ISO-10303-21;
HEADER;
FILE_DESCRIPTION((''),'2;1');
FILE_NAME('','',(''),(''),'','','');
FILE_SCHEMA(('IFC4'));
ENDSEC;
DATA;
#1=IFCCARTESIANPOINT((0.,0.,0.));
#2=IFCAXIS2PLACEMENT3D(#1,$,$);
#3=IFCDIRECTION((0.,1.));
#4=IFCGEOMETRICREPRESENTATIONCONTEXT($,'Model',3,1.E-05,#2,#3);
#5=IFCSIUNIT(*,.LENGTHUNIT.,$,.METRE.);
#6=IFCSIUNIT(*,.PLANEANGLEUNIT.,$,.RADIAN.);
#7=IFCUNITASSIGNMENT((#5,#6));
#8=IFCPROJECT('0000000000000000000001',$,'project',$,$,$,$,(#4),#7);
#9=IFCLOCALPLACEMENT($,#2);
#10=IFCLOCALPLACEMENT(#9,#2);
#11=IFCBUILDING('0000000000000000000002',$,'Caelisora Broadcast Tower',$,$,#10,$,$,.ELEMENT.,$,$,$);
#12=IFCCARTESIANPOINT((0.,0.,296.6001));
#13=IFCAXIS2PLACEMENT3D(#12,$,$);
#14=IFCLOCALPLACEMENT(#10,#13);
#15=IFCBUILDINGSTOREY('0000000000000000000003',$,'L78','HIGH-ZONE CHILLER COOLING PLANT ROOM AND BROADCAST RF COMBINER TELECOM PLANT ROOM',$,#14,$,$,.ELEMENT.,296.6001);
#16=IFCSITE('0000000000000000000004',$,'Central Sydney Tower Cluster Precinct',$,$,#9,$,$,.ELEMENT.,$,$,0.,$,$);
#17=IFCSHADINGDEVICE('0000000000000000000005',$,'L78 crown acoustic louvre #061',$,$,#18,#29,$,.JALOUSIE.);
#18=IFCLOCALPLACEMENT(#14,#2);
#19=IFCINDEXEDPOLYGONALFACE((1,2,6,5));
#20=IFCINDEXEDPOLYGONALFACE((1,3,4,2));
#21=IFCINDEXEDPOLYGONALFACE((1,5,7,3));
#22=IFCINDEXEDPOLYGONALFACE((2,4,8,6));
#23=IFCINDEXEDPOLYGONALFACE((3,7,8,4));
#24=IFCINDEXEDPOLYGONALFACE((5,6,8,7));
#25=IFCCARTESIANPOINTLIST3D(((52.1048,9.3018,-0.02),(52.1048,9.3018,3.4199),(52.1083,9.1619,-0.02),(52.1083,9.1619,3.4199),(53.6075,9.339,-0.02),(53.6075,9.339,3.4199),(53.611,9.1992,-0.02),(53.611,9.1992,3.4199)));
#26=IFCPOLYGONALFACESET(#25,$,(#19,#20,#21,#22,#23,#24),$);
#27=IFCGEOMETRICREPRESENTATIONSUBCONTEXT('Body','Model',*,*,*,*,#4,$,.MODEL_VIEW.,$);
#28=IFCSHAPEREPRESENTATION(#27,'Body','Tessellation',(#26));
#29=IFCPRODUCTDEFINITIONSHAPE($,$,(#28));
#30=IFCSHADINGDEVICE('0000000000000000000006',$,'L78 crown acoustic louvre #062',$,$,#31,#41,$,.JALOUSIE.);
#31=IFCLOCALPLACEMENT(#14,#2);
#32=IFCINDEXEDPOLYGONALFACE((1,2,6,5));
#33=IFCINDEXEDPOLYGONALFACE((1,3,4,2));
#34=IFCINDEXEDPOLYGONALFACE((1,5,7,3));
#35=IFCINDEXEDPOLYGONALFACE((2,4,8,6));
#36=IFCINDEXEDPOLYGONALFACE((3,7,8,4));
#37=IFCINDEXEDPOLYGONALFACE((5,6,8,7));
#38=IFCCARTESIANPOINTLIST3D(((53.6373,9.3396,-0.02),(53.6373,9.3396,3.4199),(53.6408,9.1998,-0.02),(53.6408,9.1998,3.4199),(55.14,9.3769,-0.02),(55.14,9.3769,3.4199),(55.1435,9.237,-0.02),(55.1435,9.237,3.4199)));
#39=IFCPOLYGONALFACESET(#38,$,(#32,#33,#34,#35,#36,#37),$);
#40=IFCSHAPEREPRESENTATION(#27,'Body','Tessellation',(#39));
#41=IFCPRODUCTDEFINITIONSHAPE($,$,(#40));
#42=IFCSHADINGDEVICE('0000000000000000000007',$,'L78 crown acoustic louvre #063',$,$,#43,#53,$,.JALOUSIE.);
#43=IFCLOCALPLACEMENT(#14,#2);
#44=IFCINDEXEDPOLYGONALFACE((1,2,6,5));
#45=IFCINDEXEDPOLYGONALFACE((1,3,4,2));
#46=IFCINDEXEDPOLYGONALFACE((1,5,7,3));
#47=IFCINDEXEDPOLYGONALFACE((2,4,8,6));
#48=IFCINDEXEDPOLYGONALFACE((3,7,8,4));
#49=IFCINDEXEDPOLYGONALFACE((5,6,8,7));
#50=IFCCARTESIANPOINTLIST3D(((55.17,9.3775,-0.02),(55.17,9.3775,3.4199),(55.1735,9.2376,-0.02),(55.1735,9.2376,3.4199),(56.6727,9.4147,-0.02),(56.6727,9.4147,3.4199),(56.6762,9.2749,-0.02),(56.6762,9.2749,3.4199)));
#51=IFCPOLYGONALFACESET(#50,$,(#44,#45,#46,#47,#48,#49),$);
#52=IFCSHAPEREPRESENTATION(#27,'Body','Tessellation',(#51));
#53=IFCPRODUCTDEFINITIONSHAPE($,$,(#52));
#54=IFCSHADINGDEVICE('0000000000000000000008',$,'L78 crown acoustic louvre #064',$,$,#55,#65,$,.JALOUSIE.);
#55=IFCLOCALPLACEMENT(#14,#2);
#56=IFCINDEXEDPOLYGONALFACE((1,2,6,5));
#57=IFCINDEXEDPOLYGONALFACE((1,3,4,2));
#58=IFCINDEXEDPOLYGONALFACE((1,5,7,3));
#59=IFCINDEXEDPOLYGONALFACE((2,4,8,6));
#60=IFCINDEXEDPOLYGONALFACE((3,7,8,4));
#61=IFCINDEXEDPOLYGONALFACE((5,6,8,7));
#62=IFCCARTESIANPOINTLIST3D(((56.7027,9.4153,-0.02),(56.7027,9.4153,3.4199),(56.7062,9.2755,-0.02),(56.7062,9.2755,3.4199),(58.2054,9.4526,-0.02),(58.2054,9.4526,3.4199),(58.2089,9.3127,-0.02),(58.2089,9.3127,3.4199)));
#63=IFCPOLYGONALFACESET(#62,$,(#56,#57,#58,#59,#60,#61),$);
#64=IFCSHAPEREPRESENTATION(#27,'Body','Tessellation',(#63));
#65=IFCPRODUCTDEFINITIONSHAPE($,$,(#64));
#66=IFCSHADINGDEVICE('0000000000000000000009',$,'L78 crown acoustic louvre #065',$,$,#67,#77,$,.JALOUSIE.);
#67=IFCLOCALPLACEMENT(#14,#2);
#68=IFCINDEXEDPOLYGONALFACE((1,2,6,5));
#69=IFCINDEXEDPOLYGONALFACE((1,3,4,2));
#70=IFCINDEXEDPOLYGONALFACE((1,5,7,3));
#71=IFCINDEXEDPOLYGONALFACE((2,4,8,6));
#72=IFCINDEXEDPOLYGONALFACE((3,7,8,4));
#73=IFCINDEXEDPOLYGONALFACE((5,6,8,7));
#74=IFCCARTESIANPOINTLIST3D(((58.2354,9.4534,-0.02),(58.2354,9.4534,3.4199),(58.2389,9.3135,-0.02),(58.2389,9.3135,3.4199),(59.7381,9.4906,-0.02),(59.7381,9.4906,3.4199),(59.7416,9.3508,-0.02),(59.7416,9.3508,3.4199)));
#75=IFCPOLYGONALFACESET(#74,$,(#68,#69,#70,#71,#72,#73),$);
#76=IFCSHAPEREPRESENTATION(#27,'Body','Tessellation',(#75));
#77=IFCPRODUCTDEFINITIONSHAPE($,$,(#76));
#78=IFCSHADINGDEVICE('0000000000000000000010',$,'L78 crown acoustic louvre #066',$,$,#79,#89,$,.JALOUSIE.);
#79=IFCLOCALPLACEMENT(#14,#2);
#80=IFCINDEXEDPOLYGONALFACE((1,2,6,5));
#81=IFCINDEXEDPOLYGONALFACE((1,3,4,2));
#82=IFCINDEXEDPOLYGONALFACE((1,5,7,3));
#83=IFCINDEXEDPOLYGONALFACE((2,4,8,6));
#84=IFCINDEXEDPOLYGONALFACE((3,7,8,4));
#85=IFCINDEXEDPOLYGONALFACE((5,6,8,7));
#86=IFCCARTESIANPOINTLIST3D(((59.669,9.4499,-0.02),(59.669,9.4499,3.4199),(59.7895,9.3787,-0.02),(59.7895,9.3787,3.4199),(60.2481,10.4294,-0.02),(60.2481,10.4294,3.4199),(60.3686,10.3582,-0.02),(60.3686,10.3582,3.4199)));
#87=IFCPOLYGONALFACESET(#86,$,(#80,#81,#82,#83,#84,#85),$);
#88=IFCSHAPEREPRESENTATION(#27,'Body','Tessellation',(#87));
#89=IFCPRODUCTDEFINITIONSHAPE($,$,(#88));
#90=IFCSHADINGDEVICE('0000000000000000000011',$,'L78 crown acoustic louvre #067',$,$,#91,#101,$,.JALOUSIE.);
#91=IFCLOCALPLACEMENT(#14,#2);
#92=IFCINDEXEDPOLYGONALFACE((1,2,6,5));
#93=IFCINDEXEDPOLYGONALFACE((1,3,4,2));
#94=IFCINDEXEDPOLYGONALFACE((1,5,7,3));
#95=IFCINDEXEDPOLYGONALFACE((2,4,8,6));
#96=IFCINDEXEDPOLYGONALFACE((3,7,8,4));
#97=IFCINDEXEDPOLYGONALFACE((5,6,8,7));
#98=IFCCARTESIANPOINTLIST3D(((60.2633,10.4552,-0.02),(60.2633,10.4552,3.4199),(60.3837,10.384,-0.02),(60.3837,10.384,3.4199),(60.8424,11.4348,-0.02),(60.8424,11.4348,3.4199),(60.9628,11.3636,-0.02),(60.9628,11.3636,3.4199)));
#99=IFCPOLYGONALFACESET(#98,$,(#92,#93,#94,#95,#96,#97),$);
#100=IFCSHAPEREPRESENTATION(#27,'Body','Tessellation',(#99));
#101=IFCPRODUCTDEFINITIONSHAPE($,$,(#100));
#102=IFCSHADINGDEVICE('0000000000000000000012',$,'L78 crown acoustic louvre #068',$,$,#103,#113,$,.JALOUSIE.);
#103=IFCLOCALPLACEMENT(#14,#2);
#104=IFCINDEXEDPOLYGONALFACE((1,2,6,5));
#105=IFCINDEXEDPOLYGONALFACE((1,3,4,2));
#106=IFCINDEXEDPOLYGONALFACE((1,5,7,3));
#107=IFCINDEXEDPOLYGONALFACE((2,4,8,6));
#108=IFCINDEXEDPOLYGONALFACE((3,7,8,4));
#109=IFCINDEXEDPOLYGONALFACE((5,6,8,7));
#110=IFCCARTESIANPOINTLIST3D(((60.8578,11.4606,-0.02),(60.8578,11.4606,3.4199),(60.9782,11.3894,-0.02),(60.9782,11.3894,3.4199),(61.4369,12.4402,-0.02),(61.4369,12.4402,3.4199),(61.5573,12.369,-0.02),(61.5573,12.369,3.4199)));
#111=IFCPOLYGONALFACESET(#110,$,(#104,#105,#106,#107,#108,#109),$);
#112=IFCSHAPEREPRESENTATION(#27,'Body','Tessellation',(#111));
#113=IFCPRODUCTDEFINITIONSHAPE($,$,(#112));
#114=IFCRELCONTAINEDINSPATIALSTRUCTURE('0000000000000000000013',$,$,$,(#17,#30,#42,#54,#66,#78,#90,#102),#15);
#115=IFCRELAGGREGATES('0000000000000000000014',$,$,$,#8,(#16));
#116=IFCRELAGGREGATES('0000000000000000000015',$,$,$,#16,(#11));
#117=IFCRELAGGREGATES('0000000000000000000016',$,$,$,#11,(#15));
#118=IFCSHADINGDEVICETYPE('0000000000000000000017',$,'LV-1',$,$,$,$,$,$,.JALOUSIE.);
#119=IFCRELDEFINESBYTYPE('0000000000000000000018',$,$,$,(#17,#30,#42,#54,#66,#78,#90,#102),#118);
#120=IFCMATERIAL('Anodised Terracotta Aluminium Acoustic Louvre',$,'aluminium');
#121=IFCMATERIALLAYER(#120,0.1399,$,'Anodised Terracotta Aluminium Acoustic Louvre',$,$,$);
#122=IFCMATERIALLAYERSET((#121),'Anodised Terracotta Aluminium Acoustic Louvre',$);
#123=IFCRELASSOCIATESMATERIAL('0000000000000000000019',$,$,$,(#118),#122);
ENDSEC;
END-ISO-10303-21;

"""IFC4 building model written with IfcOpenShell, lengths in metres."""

from ifc_helpers import new_model, si_unit, direction, frame, origin, origin_2d, place, context, subcontext, project, spatial, rectangle, extrude, source, transform, mapped, material, layer, layer_set, type_object, type_shapes, element, save


model = new_model("IFC4")

# Units and contexts
model_context = context("Model", 3, precision=1e-05, world=origin(), true_north=direction((0.0, 1.0)))
body_context = subcontext(model_context, "Body", "Model", "MODEL_VIEW")
ifc_project = project(units=[si_unit("LENGTHUNIT", "METRE"), si_unit("PLANEANGLEUNIT", "RADIAN")], contexts=[model_context])

# Site, building, storey
site_placement = place(None, origin())
site = spatial("IfcSite", under=ifc_project, at=site_placement, Name="Central Sydney Tower Cluster Precinct", CompositionType="ELEMENT", RefElevation=0.0)
building_placement = place(site_placement, origin())
building = spatial("IfcBuilding", under=site, at=building_placement, Name="Caelisora Broadcast Tower", CompositionType="ELEMENT")
storey_placement = place(building_placement, frame((0.0, 0.0, 296.6001)))
storey = spatial("IfcBuildingStorey", under=building, at=storey_placement, Name="L78", Description="HIGH-ZONE CHILLER COOLING PLANT ROOM AND BROADCAST RF COMBINER TELECOM PLANT ROOM", CompositionType="ELEMENT", Elevation=296.6001)

# Shading devices
ifc_material_1 = material(Name="Anodised Terracotta Aluminium Acoustic Louvre", Category="aluminium")
ifc_layer_1 = layer(ifc_material_1, 0.1399, Name="Anodised Terracotta Aluminium Acoustic Louvre")
ifc_layer_set_1 = layer_set([ifc_layer_1], Name="Anodised Terracotta Aluminium Acoustic Louvre")
shading_device_type = type_object("IfcShadingDeviceType", Name="LV-1", PredefinedType="JALOUSIE", material=ifc_layer_set_1)
shared_shape_1 = source(origin(), body_context, "Body", "SweptSolid", [
    extrude(rectangle(XDim=1.5032, YDim=0.1399, at=origin_2d()), origin(), (0.0, 0.0, 1.0), 3.4399),
])
for number, where, z_axis, x_axis, name in (
    (1, (52.8579, 9.2505, -0.02), (0.0, 0.0, 1.0), (0.999693, 0.024781, 0.0), "L78 crown acoustic louvre #061"),
    (2, (54.3904, 9.2883, -0.02), (0.0, 0.0, 1.0), (0.999693, 0.024781, 0.0), "L78 crown acoustic louvre #062"),
    (3, (55.9231, 9.3262, -0.02), (0.0, 0.0, 1.0), (0.999693, 0.024781, 0.0), "L78 crown acoustic louvre #063"),
    (4, (57.4558, 9.364, -0.02), (0.0, 0.0, 1.0), (0.999693, 0.024781, 0.0), "L78 crown acoustic louvre #064"),
    (5, (58.9885, 9.4021, -0.02), (0.0, 0.0, 1.0), (0.999693, 0.024781, 0.0), "L78 crown acoustic louvre #065"),
):
    element("IfcShadingDevice", number, at=place(storey_placement, frame(where, z_axis=z_axis, x_axis=x_axis)), inside=storey, type_object=shading_device_type, Name=name, PredefinedType="JALOUSIE", context=body_context, shape_type="MappedRepresentation", body=[
        mapped(shared_shape_1, transform((0.0, 0.0, 0.0), scale=1.0)),
    ])
shared_shape_2 = source(origin(), body_context, "Body", "SweptSolid", [
    extrude(rectangle(XDim=1.1379, YDim=0.1399, at=origin_2d()), origin(), (0.0, 0.0, 1.0), 3.4399),
])
type_shapes(shading_device_type, [shared_shape_1, shared_shape_2])
for number, where, z_axis, x_axis, name in (
    (6, (60.0188, 9.9041, -0.02), (0.0, 0.0, 1.0), (0.508891, 0.860831, 0.0), "L78 crown acoustic louvre #066"),
    (7, (60.613, 10.9094, -0.02), (0.0, 0.0, 1.0), (0.508891, 0.860831, 0.0), "L78 crown acoustic louvre #067"),
    (8, (61.2075, 11.9148, -0.02), (0.0, 0.0, 1.0), (0.508891, 0.860831, 0.0), "L78 crown acoustic louvre #068"),
):
    element("IfcShadingDevice", number, at=place(storey_placement, frame(where, z_axis=z_axis, x_axis=x_axis)), inside=storey, type_object=shading_device_type, Name=name, PredefinedType="JALOUSIE", context=body_context, shape_type="MappedRepresentation", body=[
        mapped(shared_shape_2, transform((0.0, 0.0, 0.0), scale=1.0)),
    ])

save(model, "model.ifc")
